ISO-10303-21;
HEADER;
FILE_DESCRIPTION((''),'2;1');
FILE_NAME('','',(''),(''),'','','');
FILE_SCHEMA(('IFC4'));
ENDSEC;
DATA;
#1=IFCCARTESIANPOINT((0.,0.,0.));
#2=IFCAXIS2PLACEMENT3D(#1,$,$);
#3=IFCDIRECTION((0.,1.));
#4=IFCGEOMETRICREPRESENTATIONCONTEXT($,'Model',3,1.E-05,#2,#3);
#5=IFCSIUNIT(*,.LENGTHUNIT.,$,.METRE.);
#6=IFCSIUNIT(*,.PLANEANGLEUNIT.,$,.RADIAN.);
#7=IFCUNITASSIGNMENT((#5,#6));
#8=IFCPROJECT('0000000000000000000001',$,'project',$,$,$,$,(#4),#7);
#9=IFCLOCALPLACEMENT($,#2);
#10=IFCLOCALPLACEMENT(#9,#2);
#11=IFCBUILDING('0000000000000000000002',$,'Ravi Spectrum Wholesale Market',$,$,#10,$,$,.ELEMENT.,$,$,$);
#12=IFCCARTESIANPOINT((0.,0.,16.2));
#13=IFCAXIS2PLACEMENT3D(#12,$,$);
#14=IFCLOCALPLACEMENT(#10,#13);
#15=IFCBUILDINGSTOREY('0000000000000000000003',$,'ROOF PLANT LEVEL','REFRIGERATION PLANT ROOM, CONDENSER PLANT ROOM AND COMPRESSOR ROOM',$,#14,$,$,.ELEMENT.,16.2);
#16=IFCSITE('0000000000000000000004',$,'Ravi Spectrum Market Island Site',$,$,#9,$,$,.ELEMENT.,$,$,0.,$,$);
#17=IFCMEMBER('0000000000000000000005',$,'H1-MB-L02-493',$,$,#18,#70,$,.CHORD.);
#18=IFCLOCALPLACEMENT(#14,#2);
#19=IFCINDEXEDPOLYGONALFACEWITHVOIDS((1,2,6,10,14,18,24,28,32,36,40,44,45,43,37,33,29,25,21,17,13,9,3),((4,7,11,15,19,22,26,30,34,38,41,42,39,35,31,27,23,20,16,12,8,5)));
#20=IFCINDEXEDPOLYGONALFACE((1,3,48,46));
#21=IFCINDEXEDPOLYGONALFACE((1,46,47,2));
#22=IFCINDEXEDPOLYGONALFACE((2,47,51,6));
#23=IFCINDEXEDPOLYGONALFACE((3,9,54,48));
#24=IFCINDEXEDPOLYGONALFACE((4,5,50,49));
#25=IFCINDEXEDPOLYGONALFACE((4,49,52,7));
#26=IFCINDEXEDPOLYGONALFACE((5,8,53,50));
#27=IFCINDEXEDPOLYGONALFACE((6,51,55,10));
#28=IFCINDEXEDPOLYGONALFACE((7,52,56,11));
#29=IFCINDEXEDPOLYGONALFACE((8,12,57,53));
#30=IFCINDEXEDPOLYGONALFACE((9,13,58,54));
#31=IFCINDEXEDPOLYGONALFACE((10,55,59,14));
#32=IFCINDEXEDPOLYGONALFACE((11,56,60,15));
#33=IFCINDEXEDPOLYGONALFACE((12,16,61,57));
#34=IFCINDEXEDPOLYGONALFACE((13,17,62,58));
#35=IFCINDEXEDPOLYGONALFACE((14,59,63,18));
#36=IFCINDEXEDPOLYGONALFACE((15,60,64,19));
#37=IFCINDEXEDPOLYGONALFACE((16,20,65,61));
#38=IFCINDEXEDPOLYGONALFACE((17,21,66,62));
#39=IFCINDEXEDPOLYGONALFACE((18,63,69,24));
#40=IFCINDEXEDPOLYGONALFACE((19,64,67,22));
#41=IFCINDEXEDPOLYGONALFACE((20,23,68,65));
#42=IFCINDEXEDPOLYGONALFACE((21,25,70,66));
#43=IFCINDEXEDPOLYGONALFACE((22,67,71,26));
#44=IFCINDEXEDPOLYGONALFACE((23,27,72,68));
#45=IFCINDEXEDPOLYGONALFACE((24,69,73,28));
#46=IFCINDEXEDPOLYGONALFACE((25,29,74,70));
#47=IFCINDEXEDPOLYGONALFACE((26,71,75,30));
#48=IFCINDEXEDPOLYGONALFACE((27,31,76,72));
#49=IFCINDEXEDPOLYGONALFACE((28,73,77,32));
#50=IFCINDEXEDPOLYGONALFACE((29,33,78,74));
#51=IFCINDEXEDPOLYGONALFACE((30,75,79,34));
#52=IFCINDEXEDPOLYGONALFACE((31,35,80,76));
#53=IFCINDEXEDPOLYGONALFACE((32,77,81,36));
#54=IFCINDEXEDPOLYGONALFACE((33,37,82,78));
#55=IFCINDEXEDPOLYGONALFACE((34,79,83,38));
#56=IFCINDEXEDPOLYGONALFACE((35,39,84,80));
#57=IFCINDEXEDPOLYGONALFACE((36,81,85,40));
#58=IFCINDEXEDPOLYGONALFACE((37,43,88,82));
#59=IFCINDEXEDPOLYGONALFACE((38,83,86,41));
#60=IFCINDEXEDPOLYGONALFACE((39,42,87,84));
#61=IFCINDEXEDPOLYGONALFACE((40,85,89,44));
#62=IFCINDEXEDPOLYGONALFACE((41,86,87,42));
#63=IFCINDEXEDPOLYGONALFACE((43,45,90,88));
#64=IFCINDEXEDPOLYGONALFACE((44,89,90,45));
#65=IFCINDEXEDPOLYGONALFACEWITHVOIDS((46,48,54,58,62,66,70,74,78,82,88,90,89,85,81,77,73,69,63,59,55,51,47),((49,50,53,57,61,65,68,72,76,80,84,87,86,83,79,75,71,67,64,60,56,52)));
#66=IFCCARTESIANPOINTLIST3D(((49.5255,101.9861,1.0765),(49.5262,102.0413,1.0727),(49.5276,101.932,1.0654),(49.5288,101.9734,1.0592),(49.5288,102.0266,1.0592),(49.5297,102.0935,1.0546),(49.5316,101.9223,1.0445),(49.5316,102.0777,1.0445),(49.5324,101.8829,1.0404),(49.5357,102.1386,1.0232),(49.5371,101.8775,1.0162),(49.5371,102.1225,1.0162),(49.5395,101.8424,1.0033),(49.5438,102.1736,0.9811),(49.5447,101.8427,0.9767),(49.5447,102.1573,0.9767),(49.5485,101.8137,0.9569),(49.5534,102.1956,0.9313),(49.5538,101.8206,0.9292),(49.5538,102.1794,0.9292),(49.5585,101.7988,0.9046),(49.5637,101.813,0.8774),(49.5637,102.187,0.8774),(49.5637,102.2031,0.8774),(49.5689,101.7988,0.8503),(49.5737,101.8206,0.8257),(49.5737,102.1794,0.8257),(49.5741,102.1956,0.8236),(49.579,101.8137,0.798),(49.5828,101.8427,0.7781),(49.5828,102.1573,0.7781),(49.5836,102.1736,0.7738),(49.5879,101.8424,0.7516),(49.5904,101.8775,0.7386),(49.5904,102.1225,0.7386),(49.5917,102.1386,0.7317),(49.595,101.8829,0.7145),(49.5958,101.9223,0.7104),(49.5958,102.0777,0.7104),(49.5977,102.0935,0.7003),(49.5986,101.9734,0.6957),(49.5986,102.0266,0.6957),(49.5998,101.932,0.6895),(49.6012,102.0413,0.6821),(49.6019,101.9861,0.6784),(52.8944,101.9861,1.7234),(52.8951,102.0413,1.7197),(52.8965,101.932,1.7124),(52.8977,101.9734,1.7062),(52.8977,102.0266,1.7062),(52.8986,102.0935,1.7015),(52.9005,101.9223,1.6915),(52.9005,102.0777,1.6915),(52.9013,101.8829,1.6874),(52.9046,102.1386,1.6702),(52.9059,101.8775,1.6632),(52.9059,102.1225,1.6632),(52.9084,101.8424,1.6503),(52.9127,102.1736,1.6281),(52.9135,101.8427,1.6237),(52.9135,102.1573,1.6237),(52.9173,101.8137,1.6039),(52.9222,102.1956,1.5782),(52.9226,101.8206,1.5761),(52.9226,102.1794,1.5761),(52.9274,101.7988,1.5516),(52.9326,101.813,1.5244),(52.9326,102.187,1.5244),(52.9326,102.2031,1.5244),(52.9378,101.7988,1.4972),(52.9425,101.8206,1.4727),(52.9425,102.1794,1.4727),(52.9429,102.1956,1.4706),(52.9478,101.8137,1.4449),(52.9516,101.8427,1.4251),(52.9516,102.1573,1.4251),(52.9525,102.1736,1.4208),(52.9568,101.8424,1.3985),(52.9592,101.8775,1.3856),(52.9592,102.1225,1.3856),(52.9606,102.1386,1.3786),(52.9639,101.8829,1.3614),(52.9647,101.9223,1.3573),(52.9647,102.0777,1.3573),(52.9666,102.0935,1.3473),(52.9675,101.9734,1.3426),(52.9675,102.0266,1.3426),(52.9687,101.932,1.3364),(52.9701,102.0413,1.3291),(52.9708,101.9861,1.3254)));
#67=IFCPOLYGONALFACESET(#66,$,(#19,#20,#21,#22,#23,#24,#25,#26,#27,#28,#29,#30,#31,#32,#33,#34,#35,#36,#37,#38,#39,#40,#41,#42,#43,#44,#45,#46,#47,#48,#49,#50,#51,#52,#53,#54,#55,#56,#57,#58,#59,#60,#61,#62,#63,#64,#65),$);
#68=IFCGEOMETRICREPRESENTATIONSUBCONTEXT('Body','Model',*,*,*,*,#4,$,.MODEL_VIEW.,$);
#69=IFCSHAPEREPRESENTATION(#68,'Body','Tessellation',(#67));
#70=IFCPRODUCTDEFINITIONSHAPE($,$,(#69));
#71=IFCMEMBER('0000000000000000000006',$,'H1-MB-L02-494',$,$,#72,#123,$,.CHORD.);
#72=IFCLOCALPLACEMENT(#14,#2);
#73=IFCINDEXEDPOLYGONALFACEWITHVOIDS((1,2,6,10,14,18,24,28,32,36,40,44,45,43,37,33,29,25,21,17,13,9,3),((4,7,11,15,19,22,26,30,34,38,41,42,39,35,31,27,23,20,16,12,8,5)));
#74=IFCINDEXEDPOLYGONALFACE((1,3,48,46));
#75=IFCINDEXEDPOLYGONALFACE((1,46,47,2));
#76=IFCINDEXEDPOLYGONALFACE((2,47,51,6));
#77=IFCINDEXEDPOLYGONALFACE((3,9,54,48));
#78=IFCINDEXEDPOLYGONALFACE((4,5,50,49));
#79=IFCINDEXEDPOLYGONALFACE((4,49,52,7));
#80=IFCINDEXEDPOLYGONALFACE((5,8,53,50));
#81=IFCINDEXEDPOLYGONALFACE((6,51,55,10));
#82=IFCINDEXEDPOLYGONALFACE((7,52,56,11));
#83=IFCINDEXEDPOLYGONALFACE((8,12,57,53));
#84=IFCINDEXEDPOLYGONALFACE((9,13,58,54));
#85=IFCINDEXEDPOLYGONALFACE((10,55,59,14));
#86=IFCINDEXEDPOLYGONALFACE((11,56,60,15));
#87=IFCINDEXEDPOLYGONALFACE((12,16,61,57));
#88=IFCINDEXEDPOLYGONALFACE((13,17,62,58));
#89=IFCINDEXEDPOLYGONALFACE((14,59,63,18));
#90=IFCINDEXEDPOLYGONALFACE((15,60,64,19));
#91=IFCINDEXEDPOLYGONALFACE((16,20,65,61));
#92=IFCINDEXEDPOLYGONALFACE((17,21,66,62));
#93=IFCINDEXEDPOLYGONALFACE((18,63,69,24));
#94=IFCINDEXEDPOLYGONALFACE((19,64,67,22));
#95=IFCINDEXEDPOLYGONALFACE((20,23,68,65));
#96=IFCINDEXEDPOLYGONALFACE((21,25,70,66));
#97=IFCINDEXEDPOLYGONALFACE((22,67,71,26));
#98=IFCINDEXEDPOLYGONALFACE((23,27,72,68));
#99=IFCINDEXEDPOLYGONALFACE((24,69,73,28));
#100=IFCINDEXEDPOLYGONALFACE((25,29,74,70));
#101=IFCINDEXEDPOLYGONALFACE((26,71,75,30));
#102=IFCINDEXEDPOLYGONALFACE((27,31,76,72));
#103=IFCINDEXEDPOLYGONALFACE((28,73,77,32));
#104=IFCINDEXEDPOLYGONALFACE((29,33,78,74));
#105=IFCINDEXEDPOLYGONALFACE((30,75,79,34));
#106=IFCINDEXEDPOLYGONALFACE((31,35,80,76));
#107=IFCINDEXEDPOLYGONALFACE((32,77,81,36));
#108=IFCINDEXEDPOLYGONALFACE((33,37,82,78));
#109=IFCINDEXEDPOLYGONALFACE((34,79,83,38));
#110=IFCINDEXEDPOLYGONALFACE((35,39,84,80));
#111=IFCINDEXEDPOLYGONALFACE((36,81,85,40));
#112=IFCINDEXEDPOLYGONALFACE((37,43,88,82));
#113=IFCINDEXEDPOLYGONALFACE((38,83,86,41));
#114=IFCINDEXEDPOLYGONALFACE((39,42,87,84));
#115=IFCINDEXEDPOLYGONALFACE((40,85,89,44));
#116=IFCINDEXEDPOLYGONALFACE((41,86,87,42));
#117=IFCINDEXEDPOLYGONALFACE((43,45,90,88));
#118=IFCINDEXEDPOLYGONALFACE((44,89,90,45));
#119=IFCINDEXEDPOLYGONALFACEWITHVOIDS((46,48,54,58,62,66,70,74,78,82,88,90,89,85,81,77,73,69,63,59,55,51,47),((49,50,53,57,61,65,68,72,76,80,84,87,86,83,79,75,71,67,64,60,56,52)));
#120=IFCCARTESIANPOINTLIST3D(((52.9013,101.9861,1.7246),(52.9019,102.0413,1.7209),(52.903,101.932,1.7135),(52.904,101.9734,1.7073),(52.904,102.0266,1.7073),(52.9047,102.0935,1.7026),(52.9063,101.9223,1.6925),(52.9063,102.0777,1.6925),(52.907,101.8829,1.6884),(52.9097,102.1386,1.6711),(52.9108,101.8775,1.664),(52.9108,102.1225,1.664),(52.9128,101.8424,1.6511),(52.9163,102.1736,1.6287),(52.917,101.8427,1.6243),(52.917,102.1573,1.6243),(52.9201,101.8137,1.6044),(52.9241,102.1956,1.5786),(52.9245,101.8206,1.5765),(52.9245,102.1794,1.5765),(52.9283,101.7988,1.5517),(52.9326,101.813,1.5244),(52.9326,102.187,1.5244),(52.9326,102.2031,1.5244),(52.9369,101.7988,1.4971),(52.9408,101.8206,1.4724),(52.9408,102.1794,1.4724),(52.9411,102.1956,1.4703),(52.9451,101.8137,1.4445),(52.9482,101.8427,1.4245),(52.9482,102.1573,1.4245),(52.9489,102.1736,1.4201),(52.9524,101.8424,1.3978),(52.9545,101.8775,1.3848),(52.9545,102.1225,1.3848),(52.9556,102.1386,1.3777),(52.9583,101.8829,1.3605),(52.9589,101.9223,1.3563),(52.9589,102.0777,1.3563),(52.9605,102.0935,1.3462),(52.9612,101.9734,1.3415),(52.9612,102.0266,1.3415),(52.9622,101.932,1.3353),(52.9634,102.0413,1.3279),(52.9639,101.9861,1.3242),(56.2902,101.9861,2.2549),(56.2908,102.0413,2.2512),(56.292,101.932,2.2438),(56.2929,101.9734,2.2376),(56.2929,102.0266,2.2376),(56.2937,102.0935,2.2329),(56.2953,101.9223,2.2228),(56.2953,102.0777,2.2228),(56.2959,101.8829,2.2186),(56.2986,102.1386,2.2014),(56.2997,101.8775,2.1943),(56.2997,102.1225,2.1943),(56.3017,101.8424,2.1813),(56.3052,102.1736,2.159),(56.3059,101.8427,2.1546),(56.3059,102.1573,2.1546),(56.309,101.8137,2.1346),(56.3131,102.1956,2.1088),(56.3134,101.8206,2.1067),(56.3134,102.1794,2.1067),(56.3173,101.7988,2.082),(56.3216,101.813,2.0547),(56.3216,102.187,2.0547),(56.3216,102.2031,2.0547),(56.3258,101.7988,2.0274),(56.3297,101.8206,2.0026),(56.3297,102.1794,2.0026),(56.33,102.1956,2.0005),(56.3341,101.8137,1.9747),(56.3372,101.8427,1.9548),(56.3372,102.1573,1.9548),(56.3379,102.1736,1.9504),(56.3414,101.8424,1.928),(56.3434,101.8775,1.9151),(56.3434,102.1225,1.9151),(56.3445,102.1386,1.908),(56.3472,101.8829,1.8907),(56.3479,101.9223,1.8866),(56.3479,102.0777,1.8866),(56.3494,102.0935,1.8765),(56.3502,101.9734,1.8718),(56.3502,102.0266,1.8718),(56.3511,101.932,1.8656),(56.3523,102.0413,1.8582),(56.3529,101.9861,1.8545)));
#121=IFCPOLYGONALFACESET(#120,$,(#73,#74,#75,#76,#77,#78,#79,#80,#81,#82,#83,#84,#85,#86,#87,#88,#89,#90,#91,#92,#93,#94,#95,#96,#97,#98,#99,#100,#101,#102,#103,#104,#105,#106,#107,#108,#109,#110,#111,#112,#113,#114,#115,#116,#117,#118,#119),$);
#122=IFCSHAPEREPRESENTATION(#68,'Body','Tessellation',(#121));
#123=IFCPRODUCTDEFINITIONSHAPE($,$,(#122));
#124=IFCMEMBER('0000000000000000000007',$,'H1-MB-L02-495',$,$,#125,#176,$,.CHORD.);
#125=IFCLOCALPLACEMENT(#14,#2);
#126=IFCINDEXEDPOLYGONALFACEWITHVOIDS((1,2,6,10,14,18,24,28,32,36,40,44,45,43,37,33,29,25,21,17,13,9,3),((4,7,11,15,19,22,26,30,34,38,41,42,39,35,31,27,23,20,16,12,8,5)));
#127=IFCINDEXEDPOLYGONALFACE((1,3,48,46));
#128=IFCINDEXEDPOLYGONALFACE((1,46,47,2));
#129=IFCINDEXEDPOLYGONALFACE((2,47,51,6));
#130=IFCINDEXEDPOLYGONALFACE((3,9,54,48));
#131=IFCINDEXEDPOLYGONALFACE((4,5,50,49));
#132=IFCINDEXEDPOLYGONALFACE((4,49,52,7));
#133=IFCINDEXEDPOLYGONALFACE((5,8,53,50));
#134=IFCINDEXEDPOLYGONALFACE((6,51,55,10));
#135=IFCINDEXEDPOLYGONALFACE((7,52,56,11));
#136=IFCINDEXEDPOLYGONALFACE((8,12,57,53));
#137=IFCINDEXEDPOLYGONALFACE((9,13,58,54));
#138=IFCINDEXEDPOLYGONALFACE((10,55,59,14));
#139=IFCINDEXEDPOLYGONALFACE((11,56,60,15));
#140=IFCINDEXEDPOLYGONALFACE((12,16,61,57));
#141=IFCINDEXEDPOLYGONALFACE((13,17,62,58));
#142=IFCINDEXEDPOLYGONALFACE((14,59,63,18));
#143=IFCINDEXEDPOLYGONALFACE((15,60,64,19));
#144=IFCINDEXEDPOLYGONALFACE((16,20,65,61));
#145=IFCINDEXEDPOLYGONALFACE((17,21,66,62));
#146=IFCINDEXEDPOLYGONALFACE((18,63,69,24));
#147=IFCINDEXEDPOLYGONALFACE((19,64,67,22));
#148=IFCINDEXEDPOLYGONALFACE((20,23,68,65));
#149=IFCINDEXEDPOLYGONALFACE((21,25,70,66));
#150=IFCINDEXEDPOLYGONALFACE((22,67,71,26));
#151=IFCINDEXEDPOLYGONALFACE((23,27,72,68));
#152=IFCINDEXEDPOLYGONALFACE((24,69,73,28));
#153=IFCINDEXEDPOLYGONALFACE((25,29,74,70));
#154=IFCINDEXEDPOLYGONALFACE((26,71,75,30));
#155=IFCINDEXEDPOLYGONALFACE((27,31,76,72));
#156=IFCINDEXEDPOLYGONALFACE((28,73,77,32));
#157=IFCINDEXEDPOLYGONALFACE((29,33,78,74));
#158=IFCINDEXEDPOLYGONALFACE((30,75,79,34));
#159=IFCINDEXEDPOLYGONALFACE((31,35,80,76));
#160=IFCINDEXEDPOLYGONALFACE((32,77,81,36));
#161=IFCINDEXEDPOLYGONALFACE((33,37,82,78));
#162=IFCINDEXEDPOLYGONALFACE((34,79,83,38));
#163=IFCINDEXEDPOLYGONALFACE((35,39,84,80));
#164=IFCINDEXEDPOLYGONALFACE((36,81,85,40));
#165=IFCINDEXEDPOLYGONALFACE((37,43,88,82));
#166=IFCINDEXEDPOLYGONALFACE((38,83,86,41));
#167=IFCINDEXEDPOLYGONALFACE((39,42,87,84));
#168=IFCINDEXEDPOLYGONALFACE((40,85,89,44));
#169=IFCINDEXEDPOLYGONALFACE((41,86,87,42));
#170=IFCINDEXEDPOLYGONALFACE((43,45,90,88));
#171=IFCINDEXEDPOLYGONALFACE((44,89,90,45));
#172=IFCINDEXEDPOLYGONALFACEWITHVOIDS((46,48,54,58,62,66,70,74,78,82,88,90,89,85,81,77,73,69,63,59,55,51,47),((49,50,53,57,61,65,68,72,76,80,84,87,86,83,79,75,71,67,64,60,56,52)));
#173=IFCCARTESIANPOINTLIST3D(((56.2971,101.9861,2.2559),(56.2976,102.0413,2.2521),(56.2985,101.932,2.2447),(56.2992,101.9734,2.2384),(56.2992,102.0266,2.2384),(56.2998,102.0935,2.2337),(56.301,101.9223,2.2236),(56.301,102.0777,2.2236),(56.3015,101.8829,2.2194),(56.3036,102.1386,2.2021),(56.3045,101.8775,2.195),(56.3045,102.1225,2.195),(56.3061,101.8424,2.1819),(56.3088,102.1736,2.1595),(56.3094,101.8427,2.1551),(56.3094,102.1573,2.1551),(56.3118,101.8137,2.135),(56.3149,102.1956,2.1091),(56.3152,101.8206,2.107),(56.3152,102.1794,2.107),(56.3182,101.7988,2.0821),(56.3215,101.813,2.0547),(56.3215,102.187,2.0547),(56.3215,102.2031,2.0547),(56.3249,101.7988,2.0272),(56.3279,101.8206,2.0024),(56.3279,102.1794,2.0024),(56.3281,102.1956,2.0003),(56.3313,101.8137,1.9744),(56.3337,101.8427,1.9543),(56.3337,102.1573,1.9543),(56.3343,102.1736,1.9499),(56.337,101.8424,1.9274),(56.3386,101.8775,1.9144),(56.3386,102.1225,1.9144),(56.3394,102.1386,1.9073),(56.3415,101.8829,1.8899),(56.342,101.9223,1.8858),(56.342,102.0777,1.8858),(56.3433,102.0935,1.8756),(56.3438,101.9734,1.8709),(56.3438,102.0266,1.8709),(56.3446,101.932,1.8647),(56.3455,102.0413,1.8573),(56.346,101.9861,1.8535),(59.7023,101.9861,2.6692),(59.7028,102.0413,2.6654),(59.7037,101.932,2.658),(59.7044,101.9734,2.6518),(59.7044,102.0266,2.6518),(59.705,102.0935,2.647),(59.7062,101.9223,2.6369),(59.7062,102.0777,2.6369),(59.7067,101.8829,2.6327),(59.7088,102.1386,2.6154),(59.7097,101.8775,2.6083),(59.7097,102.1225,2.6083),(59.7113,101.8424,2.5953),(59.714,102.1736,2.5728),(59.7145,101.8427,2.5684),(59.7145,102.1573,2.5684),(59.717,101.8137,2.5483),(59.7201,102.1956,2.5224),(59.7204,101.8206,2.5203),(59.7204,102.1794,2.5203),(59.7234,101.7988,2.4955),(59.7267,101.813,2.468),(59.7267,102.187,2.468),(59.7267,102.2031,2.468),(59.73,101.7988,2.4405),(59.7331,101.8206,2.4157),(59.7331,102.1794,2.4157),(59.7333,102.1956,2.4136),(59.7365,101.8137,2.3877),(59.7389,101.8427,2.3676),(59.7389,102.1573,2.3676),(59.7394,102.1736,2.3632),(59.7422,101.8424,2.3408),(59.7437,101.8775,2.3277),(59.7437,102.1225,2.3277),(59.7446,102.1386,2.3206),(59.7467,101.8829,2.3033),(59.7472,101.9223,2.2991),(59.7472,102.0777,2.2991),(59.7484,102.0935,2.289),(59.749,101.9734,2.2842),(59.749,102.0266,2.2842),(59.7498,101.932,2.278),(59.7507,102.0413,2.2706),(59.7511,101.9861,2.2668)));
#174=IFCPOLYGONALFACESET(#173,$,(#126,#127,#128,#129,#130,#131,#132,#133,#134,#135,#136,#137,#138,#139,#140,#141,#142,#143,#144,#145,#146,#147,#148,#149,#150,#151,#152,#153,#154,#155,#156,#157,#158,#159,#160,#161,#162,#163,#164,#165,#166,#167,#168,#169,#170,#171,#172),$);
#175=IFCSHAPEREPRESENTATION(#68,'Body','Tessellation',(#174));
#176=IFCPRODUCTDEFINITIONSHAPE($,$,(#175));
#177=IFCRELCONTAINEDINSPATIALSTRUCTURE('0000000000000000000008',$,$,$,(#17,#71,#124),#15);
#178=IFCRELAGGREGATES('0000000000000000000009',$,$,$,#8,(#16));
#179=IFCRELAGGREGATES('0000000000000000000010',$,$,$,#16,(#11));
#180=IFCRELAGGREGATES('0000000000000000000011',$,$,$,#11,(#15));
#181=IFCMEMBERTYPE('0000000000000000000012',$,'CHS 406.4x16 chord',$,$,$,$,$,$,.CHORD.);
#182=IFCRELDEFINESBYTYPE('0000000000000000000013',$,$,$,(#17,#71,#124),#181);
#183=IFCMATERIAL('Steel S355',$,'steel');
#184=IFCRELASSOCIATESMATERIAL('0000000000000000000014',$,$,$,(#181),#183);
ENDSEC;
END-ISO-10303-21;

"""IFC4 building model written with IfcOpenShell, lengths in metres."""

from ifc_helpers import new_model, si_unit, direction, frame, origin, origin_2d, place, context, subcontext, project, spatial, hollow_circle, extrude, material, material_profile, profile_set, type_object, element, save


model = new_model("IFC4")

# Units and contexts
model_context = context("Model", 3, precision=1e-05, world=origin(), true_north=direction((0.0, 1.0)))
body_context = subcontext(model_context, "Body", "Model", "MODEL_VIEW")
ifc_project = project(units=[si_unit("LENGTHUNIT", "METRE"), si_unit("PLANEANGLEUNIT", "RADIAN")], contexts=[model_context])

# Site, building, storey
site_placement = place(None, origin())
site = spatial("IfcSite", under=ifc_project, at=site_placement, Name="Ravi Spectrum Market Island Site", CompositionType="ELEMENT", RefElevation=0.0)
building_placement = place(site_placement, origin())
building = spatial("IfcBuilding", under=site, at=building_placement, Name="Ravi Spectrum Wholesale Market", CompositionType="ELEMENT")
storey_placement = place(building_placement, frame((0.0, 0.0, 16.2)))
storey = spatial("IfcBuildingStorey", under=building, at=storey_placement, Name="ROOF PLANT LEVEL", Description="REFRIGERATION PLANT ROOM, CONDENSER PLANT ROOM AND COMPRESSOR ROOM", CompositionType="ELEMENT", Elevation=16.2)

# Members
ifc_material_1 = material(Name="Steel S355", Category="steel")
ifc_material_profile_1 = material_profile(ifc_material_1, hollow_circle(Radius=0.2031, WallThickness=0.0161, at=origin_2d()))
ifc_profile_set_1 = profile_set([ifc_material_profile_1], Name="Steel S355")
member_type_1 = type_object("IfcMemberType", Name="CHS 406.4x16 chord", PredefinedType="CHORD", material=ifc_profile_set_1)
for number, where, z_axis, x_axis, name in (
    (1, (49.5637, 102.0, 0.8774), (0.982055, 0.0, 0.188597), (0.0, 1.0, 0.0), "H1-MB-L02-493"),
):
    element("IfcMember", number, at=place(storey_placement, frame(where, z_axis=z_axis, x_axis=x_axis)), inside=storey, type_object=member_type_1, Name=name, PredefinedType="CHORD", context=body_context, shape_type="SweptSolid", body=[
        extrude(hollow_circle(Radius=0.2031, WallThickness=0.0161, at=origin_2d()), origin(), (0.0, 0.0, 1.0), 3.4304),
    ])
for number, where, z_axis, x_axis, name in (
    (2, (52.9326, 102.0, 1.5244), (0.987978, 0.0, 0.154592), (0.0, 1.0, 0.0), "H1-MB-L02-494"),
    (3, (56.3215, 102.0, 2.0547), (0.992714, 0.0, 0.120495), (0.0, 1.0, 0.0), "H1-MB-L02-495"),
):
    element("IfcMember", number, at=place(storey_placement, frame(where, z_axis=z_axis, x_axis=x_axis)), inside=storey, type_object=member_type_1, Name=name, PredefinedType="CHORD", context=body_context, shape_type="SweptSolid", body=[
        extrude(hollow_circle(Radius=0.2031, WallThickness=0.0161, at=origin_2d()), origin(), (0.0, 0.0, 1.0), 3.4302),
    ])

save(model, "model.ifc")
